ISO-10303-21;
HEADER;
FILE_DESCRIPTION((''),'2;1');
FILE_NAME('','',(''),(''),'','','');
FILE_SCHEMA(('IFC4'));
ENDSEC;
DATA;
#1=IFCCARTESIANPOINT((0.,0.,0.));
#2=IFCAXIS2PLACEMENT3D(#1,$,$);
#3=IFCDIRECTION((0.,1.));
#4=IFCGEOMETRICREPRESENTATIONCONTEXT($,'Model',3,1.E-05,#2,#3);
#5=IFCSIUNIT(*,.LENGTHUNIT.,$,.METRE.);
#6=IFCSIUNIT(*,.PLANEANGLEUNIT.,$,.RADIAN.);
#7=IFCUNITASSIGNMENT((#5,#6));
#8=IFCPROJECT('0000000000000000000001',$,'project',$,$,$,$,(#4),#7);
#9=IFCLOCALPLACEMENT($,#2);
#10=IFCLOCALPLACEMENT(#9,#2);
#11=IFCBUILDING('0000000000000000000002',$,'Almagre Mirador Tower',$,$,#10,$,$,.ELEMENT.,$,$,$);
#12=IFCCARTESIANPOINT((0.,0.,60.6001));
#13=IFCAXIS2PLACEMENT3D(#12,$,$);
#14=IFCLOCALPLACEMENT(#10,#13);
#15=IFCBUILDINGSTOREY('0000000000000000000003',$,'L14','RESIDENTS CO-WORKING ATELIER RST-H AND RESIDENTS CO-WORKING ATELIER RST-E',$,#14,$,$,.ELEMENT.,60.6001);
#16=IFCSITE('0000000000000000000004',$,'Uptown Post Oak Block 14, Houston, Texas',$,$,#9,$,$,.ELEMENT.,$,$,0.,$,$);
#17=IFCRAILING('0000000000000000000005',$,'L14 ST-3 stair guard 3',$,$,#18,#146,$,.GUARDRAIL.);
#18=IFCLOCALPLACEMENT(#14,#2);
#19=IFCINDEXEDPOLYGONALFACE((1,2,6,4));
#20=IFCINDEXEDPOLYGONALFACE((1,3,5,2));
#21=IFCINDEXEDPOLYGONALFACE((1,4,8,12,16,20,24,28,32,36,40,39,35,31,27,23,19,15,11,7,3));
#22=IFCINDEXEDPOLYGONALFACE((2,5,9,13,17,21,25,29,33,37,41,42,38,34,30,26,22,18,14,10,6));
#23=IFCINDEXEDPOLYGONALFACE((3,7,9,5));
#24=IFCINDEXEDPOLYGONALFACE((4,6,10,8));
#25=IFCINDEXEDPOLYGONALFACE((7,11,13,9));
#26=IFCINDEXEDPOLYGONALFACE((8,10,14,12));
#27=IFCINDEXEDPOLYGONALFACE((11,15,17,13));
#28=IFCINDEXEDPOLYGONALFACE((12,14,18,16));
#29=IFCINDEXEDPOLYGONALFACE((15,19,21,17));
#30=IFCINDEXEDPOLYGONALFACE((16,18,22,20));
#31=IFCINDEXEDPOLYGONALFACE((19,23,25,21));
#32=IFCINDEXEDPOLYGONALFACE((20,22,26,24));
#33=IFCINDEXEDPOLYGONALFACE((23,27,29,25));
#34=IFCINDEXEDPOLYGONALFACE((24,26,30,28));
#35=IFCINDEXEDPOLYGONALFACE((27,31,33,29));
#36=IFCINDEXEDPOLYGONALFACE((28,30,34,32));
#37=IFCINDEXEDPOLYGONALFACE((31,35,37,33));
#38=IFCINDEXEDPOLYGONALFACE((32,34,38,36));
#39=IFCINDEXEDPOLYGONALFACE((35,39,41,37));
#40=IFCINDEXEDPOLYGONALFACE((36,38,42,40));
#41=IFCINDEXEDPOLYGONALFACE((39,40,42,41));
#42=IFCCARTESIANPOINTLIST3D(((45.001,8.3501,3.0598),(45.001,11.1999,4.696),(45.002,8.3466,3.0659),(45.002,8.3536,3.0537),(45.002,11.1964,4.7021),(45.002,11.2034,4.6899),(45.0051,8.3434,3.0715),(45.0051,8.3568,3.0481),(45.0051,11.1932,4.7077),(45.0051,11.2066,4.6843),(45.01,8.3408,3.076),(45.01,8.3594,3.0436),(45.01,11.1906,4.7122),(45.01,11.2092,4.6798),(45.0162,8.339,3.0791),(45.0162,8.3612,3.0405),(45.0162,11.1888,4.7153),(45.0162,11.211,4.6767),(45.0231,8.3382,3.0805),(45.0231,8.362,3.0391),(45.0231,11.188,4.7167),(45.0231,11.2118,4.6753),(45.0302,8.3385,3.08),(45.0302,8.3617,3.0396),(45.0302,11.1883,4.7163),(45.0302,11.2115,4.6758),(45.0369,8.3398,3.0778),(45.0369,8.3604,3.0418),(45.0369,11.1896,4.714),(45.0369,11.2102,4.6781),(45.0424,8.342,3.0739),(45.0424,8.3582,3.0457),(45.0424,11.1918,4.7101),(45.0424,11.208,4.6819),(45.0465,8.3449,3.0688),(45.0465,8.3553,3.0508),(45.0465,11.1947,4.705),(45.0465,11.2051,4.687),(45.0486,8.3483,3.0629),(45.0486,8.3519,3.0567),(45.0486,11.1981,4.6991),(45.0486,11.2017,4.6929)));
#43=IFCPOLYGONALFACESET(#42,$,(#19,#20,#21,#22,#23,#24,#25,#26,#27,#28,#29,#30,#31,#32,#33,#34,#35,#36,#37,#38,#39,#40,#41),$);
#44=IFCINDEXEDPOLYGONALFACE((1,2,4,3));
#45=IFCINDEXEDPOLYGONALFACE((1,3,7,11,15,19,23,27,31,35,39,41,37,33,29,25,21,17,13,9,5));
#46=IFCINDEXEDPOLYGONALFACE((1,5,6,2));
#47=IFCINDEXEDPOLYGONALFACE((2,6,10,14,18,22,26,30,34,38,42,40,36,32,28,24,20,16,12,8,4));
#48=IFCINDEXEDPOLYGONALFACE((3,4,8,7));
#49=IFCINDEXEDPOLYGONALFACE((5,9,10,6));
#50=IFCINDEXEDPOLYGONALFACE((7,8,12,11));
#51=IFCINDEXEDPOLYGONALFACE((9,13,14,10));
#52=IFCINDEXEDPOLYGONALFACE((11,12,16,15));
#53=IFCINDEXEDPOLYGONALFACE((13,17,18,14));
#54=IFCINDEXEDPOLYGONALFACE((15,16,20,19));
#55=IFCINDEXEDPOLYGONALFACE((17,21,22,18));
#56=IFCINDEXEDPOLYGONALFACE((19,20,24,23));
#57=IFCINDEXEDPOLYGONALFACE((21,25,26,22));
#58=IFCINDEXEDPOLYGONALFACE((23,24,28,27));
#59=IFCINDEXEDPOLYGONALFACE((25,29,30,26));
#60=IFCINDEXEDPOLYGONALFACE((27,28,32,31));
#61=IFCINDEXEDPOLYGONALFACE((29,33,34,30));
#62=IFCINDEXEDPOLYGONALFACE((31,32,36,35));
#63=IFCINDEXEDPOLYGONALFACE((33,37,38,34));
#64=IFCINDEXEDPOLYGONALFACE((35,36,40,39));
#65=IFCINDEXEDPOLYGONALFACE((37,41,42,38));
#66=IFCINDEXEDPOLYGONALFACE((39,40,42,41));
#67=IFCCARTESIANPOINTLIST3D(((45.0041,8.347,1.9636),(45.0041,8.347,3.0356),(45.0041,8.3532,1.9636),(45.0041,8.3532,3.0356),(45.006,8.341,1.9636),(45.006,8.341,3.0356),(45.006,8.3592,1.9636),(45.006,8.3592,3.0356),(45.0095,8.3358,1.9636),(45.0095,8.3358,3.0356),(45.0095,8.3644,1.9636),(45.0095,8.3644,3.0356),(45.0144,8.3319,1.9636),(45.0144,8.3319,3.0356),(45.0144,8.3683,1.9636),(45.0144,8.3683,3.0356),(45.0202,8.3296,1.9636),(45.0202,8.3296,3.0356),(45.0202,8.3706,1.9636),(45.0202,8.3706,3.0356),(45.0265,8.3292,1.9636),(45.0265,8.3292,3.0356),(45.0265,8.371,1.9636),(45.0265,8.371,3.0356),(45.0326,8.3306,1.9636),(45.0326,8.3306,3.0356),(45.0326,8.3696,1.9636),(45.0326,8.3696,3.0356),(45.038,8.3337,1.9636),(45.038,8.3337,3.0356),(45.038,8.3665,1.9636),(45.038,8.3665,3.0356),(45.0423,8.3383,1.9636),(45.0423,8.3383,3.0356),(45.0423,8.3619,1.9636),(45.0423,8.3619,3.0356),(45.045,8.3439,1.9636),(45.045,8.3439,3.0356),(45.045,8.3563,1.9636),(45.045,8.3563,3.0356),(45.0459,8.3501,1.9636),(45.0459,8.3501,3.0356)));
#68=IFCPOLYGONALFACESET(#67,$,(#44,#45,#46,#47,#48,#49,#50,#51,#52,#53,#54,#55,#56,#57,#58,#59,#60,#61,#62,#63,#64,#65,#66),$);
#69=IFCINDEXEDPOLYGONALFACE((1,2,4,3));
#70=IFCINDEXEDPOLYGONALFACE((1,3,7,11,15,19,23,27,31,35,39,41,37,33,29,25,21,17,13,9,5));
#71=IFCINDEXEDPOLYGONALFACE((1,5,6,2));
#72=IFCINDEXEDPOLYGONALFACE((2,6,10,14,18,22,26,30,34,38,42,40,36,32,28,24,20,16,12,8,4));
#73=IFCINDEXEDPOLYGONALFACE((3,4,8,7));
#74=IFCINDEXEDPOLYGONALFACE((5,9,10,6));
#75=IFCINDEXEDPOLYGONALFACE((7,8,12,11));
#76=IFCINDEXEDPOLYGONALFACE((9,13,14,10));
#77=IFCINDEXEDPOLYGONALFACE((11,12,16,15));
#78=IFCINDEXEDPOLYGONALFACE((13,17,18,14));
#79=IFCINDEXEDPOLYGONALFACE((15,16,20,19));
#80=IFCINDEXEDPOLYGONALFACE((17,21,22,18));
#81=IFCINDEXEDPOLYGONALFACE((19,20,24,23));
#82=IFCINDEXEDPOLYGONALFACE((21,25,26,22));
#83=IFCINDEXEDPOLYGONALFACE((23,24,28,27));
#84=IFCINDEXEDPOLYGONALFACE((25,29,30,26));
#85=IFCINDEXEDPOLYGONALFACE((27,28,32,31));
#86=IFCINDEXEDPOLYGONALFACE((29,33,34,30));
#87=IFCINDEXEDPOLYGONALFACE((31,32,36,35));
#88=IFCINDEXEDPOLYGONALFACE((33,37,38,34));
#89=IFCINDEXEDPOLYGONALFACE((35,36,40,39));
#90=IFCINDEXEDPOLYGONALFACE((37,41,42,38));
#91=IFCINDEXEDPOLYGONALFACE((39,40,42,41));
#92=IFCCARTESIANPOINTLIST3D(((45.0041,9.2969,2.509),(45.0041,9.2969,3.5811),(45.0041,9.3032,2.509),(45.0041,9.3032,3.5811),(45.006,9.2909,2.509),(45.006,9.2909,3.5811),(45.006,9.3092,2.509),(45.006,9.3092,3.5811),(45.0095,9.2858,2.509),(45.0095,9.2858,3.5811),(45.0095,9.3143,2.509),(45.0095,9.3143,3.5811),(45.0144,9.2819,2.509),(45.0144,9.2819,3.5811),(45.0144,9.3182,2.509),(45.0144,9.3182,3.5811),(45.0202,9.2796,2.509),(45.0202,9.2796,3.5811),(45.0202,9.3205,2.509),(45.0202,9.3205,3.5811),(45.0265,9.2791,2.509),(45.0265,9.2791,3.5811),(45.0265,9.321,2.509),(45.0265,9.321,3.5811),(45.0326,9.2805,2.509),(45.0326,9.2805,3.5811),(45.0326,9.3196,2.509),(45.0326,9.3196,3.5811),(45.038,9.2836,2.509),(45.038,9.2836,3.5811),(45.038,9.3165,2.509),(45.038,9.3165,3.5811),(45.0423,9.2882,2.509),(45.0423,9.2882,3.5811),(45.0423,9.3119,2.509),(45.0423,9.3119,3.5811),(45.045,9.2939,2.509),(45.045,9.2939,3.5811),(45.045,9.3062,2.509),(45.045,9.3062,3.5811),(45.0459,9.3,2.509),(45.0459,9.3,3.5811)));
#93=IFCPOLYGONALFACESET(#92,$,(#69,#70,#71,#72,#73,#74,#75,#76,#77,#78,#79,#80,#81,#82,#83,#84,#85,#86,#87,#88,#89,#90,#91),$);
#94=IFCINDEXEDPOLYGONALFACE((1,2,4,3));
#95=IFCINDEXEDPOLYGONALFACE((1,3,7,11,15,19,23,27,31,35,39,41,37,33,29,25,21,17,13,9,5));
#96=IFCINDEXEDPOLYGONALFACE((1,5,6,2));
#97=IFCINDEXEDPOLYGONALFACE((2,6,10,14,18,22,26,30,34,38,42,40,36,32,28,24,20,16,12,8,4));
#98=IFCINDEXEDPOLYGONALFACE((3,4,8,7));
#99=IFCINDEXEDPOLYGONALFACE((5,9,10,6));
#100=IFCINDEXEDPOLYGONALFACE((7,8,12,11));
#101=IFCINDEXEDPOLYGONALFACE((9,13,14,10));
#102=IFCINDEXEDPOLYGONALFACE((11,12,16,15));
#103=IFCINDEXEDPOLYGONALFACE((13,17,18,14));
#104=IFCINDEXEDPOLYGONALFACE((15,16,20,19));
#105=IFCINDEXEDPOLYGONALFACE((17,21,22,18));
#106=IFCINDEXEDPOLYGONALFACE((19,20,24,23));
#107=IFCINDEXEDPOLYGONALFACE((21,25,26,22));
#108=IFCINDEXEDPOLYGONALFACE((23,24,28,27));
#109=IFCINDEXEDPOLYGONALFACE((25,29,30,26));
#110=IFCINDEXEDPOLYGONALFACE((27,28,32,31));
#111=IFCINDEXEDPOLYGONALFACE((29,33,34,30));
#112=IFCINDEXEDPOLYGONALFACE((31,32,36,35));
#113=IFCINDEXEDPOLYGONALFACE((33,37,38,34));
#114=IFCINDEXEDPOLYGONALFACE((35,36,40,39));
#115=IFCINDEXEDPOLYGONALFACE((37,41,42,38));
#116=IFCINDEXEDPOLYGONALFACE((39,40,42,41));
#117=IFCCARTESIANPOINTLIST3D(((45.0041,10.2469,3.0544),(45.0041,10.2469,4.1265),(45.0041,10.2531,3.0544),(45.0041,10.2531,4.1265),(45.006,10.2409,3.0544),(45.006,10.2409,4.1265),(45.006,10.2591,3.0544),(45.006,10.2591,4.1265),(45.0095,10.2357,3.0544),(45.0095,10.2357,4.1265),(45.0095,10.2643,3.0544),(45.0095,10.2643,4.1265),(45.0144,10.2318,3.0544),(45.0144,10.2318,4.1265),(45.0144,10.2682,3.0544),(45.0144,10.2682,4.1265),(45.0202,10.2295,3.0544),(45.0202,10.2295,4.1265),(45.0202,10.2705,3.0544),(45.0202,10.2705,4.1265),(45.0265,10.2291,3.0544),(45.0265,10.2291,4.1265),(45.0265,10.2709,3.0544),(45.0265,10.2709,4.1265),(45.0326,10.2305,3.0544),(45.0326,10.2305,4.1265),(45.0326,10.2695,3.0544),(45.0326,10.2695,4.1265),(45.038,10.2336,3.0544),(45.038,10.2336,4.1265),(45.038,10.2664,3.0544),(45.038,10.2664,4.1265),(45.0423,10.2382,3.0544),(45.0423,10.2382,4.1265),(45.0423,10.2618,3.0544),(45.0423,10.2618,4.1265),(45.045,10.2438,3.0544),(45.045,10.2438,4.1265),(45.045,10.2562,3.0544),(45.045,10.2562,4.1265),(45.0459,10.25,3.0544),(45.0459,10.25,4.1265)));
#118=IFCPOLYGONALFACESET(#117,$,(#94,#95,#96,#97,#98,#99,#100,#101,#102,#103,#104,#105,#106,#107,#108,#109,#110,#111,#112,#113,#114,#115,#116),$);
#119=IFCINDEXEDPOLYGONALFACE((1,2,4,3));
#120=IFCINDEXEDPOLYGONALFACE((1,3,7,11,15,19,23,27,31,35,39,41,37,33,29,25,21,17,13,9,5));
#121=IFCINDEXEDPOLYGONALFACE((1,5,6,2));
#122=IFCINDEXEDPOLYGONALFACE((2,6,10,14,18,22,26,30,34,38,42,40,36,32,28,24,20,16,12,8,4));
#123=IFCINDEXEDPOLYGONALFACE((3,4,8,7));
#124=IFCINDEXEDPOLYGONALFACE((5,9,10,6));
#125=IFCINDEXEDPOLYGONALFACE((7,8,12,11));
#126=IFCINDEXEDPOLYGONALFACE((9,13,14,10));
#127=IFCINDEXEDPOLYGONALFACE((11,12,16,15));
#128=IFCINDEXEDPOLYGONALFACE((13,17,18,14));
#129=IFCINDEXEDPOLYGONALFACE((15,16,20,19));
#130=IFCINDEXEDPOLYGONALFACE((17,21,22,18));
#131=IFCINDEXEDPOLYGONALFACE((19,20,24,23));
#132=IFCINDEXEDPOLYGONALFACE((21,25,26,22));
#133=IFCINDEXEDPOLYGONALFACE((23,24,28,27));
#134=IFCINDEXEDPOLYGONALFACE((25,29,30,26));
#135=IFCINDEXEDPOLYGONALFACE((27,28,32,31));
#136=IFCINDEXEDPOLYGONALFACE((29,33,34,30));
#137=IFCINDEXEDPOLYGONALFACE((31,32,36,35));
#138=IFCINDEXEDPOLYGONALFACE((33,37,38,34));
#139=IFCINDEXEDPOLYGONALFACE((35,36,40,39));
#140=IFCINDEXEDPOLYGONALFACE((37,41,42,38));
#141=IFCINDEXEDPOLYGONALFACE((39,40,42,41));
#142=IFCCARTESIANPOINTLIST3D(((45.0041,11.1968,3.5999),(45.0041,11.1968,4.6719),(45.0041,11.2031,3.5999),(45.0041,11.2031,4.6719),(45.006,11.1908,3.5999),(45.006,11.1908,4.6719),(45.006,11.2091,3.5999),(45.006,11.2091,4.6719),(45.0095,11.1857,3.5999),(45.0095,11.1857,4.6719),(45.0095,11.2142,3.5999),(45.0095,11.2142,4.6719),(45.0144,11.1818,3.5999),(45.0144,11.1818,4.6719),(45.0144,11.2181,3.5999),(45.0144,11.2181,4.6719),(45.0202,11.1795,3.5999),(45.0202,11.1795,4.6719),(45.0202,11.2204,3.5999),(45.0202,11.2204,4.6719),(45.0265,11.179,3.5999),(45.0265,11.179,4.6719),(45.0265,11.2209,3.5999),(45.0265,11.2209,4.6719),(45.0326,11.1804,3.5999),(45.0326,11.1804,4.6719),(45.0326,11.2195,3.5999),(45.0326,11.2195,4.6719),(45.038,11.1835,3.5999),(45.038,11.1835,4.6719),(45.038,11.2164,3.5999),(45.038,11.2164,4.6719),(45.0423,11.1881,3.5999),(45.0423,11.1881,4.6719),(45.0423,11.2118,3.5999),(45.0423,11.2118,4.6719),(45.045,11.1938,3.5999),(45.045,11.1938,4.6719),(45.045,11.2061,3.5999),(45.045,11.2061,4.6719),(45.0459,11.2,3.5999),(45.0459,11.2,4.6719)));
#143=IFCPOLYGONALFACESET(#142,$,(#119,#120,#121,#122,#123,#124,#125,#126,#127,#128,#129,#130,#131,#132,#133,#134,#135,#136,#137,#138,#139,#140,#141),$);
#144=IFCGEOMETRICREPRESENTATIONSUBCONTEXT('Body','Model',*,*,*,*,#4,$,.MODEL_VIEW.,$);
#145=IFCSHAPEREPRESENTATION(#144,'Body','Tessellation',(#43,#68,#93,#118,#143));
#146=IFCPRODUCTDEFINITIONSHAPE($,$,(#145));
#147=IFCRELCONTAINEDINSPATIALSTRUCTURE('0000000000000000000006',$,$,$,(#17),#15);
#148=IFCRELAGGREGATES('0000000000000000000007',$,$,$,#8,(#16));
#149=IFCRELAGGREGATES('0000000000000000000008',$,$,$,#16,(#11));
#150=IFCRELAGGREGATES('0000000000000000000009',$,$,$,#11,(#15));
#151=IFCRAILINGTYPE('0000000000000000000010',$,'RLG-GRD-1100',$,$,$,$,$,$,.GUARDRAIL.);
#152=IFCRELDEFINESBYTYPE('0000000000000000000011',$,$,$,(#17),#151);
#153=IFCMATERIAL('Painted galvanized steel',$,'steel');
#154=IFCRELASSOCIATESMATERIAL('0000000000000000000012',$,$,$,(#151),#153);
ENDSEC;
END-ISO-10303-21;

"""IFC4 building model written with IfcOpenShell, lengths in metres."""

from ifc_helpers import new_model, si_unit, direction, frame, origin, origin_2d, place, context, subcontext, project, spatial, circle, extrude, material, type_object, element, save


model = new_model("IFC4")

# Units and contexts
model_context = context("Model", 3, precision=1e-05, world=origin(), true_north=direction((0.0, 1.0)))
body_context = subcontext(model_context, "Body", "Model", "MODEL_VIEW")
ifc_project = project(units=[si_unit("LENGTHUNIT", "METRE"), si_unit("PLANEANGLEUNIT", "RADIAN")], contexts=[model_context])

# Site, building, storey
site_placement = place(None, origin())
site = spatial("IfcSite", under=ifc_project, at=site_placement, Name="Uptown Post Oak Block 14, Houston, Texas", CompositionType="ELEMENT", RefElevation=0.0)
building_placement = place(site_placement, origin())
building = spatial("IfcBuilding", under=site, at=building_placement, Name="Almagre Mirador Tower", CompositionType="ELEMENT")
storey_placement = place(building_placement, frame((0.0, 0.0, 60.6001)))
storey = spatial("IfcBuildingStorey", under=building, at=storey_placement, Name="L14", Description="RESIDENTS CO-WORKING ATELIER RST-H AND RESIDENTS CO-WORKING ATELIER RST-E", CompositionType="ELEMENT", Elevation=60.6001)

# Railing
ifc_material_1 = material(Name="Painted galvanized steel", Category="steel")
railing_type_1 = type_object("IfcRailingType", Name="RLG-GRD-1100", PredefinedType="GUARDRAIL", material=ifc_material_1)
railing_1_placement = place(storey_placement, frame((45.0249, 8.3501, 1.9636)))
element("IfcRailing", 1, at=railing_1_placement, inside=storey, type_object=railing_type_1, Name="L14 ST-3 stair guard 3", PredefinedType="GUARDRAIL", context=body_context, shape_type="SweptSolid", body=[
    extrude(circle(Radius=0.0239, at=origin_2d()), frame((0.0, 0.0, 1.0962), z_axis=(0.0, 0.867226, 0.497914), x_axis=(-1.0, 0.0, 0.0)), (0.0, 0.0, 1.0), 3.2861),
    extrude(circle(Radius=0.021, at=origin_2d()), origin(), (0.0, 0.0, 1.0), 1.072),
    extrude(circle(Radius=0.021, at=origin_2d()), frame((0.0, 0.95, 0.5454)), (0.0, 0.0, 1.0), 1.072),
    extrude(circle(Radius=0.021, at=origin_2d()), frame((0.0, 1.8999, 1.0908)), (0.0, 0.0, 1.0), 1.072),
    extrude(circle(Radius=0.021, at=origin_2d()), frame((0.0, 2.8499, 1.6362)), (0.0, 0.0, 1.0), 1.072),
])

save(model, "model.ifc")
